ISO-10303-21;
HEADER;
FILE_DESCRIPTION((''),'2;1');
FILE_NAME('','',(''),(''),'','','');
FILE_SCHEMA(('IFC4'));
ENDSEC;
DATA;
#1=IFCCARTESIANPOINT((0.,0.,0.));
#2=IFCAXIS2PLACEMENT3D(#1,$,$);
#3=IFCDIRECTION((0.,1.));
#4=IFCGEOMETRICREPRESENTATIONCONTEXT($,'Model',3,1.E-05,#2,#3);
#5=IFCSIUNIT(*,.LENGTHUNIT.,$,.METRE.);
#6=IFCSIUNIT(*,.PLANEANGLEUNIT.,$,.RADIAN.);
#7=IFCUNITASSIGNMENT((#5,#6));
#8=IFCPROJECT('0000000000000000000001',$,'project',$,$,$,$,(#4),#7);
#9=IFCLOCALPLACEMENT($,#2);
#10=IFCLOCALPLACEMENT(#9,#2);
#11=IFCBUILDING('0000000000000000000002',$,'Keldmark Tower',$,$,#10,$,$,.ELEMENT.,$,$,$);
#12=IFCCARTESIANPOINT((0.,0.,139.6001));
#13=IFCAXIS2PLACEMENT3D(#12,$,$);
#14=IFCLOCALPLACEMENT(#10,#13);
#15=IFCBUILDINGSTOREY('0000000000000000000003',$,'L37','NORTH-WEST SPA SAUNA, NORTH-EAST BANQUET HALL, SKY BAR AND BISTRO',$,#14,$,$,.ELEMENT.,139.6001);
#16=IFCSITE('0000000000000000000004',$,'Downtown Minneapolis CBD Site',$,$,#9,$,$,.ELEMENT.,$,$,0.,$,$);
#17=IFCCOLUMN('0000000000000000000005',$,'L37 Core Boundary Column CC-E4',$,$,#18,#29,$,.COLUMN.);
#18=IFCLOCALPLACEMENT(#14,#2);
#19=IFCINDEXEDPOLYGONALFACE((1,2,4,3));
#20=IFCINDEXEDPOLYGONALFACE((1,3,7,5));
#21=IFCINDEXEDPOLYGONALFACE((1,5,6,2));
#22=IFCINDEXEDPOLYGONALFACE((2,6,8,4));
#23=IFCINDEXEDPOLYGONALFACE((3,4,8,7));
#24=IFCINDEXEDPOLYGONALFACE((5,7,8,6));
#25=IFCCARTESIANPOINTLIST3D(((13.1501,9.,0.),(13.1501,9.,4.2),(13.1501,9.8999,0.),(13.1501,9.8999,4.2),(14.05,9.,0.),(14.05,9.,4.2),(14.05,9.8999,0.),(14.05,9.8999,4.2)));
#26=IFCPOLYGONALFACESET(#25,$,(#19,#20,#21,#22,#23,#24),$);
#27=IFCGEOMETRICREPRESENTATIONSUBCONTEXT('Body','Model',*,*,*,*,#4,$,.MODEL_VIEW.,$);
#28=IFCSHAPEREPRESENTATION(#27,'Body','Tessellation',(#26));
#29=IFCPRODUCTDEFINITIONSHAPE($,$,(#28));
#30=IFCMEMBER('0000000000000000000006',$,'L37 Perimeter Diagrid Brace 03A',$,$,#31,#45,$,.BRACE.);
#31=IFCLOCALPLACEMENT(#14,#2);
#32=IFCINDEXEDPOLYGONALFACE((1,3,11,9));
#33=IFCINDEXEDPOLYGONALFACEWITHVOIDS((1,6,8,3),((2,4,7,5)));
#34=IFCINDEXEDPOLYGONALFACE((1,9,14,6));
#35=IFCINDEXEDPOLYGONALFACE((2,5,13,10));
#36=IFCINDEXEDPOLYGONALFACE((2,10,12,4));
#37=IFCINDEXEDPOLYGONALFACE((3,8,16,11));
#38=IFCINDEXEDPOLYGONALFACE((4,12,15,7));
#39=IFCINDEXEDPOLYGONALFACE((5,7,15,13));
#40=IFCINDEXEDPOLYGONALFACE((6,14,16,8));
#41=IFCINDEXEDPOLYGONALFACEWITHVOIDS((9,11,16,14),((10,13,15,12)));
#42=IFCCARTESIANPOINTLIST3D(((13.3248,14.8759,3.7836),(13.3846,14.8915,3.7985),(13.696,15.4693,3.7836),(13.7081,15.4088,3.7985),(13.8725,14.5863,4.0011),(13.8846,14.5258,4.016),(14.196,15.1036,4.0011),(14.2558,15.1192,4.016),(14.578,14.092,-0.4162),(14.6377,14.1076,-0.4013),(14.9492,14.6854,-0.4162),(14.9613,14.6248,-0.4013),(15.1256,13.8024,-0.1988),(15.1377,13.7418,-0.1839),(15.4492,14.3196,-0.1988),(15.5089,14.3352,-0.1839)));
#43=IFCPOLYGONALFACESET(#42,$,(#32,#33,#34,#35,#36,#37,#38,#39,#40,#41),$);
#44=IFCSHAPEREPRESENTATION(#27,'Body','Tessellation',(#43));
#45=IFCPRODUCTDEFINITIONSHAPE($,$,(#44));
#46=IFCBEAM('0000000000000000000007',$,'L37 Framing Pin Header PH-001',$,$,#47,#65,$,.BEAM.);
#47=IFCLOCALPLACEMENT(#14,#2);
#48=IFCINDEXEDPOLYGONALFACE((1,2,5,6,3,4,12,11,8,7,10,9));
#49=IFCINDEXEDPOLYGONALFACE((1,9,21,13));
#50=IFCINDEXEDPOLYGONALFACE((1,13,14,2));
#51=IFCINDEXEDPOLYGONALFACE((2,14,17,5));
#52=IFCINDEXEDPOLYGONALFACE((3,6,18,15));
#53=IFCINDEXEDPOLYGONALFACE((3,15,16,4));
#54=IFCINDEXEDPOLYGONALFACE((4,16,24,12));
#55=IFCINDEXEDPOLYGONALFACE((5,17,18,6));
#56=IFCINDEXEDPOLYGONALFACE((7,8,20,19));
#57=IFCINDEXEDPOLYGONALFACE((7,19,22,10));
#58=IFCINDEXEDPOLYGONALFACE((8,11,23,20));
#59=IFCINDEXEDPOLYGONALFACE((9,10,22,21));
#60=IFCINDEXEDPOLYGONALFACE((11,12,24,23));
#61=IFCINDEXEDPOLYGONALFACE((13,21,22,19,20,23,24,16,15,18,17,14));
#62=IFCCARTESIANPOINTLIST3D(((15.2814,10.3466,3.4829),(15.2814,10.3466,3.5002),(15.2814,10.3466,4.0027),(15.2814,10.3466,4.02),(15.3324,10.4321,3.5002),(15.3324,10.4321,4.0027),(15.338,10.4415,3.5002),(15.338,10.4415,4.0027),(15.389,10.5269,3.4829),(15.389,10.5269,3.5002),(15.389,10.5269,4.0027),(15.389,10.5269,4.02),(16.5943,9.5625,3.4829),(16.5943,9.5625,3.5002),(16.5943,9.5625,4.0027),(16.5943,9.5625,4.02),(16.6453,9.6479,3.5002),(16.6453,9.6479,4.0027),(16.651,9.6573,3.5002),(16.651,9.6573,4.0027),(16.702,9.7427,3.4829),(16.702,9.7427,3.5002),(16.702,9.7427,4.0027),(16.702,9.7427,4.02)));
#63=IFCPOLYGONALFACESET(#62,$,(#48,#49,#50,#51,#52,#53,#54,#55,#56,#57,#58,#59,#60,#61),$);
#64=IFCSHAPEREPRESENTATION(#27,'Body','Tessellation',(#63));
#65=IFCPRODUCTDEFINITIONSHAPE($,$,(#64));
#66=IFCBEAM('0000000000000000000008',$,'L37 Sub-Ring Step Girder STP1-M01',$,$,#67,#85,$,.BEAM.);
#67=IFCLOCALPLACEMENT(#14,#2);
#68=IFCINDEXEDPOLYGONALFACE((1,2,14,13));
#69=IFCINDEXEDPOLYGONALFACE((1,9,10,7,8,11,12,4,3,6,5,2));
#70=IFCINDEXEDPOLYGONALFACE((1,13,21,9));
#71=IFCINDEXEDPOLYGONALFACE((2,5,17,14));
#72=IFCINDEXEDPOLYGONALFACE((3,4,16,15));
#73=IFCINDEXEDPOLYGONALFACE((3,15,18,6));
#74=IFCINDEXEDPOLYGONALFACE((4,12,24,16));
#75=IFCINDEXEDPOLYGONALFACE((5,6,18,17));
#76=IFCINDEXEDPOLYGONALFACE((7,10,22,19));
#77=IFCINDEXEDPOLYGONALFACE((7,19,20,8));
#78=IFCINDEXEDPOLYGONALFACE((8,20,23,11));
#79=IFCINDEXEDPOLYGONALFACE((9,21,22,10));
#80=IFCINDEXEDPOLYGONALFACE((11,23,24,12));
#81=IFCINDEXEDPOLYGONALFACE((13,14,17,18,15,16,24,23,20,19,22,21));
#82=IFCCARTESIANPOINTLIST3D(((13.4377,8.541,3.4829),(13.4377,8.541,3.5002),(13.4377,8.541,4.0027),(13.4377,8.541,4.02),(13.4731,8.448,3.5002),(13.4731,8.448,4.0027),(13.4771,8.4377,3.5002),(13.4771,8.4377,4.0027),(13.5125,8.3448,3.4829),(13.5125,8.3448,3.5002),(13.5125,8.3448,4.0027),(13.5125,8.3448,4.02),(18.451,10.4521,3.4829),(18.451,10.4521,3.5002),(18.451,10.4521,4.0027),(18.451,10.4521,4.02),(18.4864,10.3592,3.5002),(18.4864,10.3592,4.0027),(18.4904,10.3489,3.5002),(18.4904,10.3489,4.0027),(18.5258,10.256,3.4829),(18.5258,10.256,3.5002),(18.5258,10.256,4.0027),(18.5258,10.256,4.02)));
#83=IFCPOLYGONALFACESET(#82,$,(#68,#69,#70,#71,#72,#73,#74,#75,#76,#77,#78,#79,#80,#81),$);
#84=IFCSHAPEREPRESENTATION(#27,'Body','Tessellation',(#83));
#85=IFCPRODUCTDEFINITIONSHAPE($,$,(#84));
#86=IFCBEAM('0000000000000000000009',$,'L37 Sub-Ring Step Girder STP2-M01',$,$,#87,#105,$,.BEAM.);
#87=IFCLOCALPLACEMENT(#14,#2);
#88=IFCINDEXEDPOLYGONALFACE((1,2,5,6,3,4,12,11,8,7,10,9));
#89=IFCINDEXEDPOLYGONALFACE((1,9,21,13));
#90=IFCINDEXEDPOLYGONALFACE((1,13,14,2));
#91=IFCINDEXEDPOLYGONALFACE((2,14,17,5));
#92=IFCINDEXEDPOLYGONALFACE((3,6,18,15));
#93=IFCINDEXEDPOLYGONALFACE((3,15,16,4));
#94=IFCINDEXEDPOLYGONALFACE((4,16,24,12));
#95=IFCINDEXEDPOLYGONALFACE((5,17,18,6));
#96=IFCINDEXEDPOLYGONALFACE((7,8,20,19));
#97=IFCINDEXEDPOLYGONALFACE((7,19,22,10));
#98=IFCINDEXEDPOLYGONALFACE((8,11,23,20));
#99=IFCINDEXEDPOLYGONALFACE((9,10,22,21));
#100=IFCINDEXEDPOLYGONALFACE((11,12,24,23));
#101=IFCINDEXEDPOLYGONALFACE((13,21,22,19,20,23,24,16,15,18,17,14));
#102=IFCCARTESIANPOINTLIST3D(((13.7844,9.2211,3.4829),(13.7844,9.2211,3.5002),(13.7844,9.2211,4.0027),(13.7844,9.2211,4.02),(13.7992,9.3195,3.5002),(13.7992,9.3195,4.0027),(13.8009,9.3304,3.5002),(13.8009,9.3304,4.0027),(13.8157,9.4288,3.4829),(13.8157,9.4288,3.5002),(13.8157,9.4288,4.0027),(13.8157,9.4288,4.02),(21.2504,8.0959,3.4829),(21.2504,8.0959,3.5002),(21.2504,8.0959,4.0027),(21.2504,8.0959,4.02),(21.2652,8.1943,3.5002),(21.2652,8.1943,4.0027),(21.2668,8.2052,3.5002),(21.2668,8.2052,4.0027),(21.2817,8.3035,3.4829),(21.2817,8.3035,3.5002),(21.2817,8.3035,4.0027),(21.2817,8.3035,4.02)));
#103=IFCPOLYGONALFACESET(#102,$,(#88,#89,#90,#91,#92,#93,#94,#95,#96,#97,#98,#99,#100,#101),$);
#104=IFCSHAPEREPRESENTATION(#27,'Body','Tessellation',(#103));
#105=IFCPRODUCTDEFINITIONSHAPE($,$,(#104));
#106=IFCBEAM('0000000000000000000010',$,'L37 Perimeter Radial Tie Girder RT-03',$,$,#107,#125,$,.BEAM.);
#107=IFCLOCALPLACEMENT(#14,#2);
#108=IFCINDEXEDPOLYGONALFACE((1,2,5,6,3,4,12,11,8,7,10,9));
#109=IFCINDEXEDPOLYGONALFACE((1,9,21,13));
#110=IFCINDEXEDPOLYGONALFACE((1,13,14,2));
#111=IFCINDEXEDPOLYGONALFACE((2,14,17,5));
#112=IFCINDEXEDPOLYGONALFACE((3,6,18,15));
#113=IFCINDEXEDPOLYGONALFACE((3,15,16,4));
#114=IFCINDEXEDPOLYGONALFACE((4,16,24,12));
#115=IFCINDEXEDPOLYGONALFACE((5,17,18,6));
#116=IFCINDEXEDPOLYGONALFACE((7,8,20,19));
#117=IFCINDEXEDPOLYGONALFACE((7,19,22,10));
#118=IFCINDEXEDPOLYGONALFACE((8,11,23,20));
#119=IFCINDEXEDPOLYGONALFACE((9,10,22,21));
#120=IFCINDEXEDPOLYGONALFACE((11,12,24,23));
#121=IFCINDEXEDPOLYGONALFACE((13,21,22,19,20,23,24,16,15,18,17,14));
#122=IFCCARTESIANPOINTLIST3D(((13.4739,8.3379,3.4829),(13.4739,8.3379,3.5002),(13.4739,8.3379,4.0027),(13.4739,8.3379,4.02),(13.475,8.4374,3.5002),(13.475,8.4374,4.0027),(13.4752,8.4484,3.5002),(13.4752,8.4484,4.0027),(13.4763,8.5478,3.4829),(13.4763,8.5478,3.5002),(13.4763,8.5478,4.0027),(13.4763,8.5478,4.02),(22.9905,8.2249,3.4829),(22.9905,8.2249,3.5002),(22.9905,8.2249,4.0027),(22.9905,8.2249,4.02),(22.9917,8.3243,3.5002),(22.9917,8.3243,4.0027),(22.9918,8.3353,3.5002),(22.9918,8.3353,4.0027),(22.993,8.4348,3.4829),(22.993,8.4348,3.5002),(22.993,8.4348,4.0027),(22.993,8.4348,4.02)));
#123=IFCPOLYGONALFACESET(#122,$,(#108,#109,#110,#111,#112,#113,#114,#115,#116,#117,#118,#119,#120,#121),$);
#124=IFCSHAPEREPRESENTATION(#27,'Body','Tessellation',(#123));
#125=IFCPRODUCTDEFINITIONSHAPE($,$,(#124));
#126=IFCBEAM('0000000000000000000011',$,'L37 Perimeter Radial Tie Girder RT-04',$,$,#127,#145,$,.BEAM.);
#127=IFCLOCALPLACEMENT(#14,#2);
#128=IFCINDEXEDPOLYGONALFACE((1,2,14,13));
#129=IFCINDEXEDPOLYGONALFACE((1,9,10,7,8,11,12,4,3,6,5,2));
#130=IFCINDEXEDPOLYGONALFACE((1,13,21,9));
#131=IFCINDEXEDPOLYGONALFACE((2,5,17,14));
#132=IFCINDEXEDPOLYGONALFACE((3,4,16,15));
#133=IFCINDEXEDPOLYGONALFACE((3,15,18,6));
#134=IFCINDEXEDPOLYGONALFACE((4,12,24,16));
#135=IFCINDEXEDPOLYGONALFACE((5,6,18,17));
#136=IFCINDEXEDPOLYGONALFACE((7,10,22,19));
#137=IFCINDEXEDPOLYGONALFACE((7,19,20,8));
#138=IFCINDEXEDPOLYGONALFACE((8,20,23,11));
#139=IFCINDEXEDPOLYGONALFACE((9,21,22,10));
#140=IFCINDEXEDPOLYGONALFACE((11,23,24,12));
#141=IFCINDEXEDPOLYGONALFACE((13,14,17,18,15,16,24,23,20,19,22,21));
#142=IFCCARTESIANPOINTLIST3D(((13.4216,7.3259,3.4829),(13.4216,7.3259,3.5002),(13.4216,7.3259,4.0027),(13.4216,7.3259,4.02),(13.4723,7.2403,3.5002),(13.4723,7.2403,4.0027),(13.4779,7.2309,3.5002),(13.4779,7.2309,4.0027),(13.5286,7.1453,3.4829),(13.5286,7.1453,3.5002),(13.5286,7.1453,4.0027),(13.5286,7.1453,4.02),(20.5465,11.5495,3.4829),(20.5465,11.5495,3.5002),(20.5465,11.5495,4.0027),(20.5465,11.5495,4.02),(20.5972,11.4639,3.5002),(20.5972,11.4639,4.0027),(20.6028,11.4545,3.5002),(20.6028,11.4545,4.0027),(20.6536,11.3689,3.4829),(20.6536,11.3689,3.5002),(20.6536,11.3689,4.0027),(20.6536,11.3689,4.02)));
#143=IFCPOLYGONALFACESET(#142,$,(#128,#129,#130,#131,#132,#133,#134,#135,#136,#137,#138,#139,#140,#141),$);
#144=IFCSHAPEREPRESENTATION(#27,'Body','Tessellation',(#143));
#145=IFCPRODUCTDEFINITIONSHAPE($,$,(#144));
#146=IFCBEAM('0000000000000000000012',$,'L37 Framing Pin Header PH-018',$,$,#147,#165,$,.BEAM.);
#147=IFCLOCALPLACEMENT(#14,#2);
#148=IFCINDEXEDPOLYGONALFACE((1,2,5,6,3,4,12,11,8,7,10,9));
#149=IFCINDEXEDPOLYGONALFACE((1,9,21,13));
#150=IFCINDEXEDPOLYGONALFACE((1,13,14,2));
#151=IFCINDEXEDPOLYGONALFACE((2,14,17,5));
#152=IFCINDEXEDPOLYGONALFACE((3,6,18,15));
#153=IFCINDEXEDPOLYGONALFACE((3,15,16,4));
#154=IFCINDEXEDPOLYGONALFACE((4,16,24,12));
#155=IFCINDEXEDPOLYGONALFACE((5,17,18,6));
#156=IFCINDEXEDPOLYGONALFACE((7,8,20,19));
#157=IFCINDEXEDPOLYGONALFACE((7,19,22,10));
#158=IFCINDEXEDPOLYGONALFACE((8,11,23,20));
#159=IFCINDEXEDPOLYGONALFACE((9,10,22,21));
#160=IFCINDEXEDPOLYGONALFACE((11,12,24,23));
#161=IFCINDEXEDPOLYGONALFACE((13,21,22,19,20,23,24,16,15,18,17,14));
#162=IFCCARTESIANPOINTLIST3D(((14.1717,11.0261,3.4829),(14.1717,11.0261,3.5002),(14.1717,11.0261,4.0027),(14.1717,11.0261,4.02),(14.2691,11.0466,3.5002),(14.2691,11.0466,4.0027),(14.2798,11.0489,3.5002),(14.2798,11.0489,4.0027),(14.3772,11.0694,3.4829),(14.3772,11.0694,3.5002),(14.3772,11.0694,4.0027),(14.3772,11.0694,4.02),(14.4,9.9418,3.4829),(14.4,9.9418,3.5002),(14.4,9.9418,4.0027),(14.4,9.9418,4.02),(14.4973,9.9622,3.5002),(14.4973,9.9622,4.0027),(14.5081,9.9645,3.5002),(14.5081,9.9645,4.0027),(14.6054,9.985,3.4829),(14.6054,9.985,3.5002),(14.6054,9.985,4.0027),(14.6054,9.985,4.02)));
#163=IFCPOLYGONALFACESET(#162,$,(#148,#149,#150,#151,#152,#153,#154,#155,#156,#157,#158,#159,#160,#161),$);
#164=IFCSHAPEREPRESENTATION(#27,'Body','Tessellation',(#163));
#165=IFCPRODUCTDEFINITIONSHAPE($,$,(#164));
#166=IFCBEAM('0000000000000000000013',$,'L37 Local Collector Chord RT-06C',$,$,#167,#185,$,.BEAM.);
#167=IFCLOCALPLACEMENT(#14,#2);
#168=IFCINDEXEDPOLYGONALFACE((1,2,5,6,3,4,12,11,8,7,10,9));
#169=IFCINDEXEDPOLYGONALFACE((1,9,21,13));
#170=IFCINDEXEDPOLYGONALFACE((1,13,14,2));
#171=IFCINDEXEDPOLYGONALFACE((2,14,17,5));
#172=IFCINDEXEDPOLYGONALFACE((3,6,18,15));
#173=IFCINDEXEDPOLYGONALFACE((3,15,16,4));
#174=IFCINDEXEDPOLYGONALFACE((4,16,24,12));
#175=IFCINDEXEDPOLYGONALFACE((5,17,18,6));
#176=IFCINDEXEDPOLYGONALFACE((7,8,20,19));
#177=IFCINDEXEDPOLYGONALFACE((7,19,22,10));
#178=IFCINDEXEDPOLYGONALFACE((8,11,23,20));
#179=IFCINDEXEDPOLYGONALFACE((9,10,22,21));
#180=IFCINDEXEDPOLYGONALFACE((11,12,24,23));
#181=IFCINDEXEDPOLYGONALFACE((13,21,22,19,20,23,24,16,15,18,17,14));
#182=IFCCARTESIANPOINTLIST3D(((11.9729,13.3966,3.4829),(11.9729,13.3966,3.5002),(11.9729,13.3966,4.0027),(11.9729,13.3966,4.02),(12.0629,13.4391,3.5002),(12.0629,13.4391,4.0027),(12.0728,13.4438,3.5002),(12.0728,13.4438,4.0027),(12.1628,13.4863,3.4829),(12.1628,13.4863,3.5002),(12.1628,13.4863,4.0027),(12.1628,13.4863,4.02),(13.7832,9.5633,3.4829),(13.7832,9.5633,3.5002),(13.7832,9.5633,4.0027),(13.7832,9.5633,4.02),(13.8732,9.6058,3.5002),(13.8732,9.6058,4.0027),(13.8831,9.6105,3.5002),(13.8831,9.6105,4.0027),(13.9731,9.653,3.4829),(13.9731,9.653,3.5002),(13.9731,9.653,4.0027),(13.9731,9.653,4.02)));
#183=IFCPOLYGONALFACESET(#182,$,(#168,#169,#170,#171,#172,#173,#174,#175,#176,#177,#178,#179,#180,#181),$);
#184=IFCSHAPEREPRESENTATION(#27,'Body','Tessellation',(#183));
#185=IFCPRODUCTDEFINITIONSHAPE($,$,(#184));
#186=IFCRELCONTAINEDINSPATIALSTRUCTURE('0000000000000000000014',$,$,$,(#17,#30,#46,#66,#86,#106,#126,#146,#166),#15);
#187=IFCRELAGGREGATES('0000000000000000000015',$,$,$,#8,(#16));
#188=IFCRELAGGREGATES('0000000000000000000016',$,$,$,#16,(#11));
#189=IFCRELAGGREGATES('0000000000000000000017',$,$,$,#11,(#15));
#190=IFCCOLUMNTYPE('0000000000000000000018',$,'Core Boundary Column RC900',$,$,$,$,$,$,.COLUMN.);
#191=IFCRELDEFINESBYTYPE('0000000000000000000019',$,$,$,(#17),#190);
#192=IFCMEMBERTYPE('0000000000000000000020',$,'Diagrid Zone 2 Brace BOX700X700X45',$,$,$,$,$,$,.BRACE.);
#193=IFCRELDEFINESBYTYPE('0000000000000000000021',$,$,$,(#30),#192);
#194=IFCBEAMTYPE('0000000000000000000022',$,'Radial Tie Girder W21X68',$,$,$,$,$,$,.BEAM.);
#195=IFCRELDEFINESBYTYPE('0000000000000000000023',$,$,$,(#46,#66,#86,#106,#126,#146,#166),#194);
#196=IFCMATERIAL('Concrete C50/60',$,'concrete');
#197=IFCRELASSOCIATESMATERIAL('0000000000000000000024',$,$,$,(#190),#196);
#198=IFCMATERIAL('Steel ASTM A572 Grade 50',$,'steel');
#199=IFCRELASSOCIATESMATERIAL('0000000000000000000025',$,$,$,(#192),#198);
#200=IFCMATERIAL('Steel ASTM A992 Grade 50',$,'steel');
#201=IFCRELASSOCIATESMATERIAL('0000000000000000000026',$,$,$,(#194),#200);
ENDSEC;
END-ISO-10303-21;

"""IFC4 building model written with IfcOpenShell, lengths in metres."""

from ifc_helpers import new_model, si_unit, direction, frame, origin, origin_2d, place, context, subcontext, project, spatial, rectangle, hollow_rectangle, i_section, extrude, material, material_profile, profile_set, type_object, element, save


model = new_model("IFC4")

# Units and contexts
model_context = context("Model", 3, precision=1e-05, world=origin(), true_north=direction((0.0, 1.0)))
body_context = subcontext(model_context, "Body", "Model", "MODEL_VIEW")
ifc_project = project(units=[si_unit("LENGTHUNIT", "METRE"), si_unit("PLANEANGLEUNIT", "RADIAN")], contexts=[model_context])

# Site, building, storey
site_placement = place(None, origin())
site = spatial("IfcSite", under=ifc_project, at=site_placement, Name="Downtown Minneapolis CBD Site", CompositionType="ELEMENT", RefElevation=0.0)
building_placement = place(site_placement, origin())
building = spatial("IfcBuilding", under=site, at=building_placement, Name="Keldmark Tower", CompositionType="ELEMENT")
storey_placement = place(building_placement, frame((0.0, 0.0, 139.6001)))
storey = spatial("IfcBuildingStorey", under=building, at=storey_placement, Name="L37", Description="NORTH-WEST SPA SAUNA, NORTH-EAST BANQUET HALL, SKY BAR AND BISTRO", CompositionType="ELEMENT", Elevation=139.6001)

# Column
ifc_material_1 = material(Name="Concrete C50/60", Category="concrete")
ifc_material_profile_1 = material_profile(ifc_material_1, rectangle(XDim=0.8999, YDim=0.8999, at=origin_2d()), Name="RC900X900")
ifc_profile_set_1 = profile_set([ifc_material_profile_1], Name="Concrete C50/60")
column_type = type_object("IfcColumnType", Name="Core Boundary Column RC900", PredefinedType="COLUMN", material=ifc_profile_set_1)
column_placement = place(storey_placement, frame((13.6001, 9.45, 0.0), z_axis=(0.0, 0.0, 1.0), x_axis=(1.0, 0.0, 0.0)))
element("IfcColumn", 1, at=column_placement, inside=storey, type_object=column_type, Name="L37 Core Boundary Column CC-E4", PredefinedType="COLUMN", context=body_context, shape_type="SweptSolid", body=[
    extrude(rectangle(XDim=0.8999, YDim=0.8999, at=origin_2d()), origin(), (0.0, 0.0, 1.0), 4.2),
])

# Member
ifc_material_2 = material(Name="Steel ASTM A572 Grade 50", Category="steel")
ifc_material_profile_2 = material_profile(ifc_material_2, hollow_rectangle(XDim=0.7, YDim=0.7, WallThickness=0.0449, at=origin_2d()), Name="BOX700X700X45")
ifc_profile_set_2 = profile_set([ifc_material_profile_2], Name="Steel ASTM A572 Grade 50")
member_type = type_object("IfcMemberType", Name="Diagrid Zone 2 Brace BOX700X700X45", PredefinedType="BRACE", material=ifc_profile_set_2)
member_placement = place(storey_placement, frame((15.0435, 14.2136, -0.3), z_axis=(-0.281455, 0.176067, 0.943283), x_axis=(-0.53034, -0.847785, 0.0)))
element("IfcMember", 2, at=member_placement, inside=storey, type_object=member_type, Name="L37 Perimeter Diagrid Brace 03A", PredefinedType="BRACE", context=body_context, shape_type="SweptSolid", body=[
    extrude(hollow_rectangle(XDim=0.7, YDim=0.7, WallThickness=0.0449, at=origin_2d()), origin(), (0.0, 0.0, 1.0), 4.4524),
])

# Beams
ifc_material_3 = material(Name="Steel ASTM A992 Grade 50", Category="steel")
ifc_material_profile_3 = material_profile(ifc_material_3, i_section(OverallWidth=0.21, OverallDepth=0.5371, WebThickness=0.011, FlangeThickness=0.0173, at=origin_2d()), Name="W21X68")
ifc_profile_set_3 = profile_set([ifc_material_profile_3], Name="Steel ASTM A992 Grade 50")
beam_type = type_object("IfcBeamType", Name="Radial Tie Girder W21X68", PredefinedType="BEAM", material=ifc_profile_set_3)
beam_1_placement = place(storey_placement, frame((15.3352, 10.4368, 3.7515), z_axis=(0.858534, -0.512757, 0.0), x_axis=(0.512757, 0.858534, 0.0)))
element("IfcBeam", 3, at=beam_1_placement, inside=storey, type_object=beam_type, Name="L37 Framing Pin Header PH-001", PredefinedType="BEAM", context=body_context, shape_type="SweptSolid", body=[
    extrude(i_section(OverallWidth=0.21, OverallDepth=0.5371, WebThickness=0.011, FlangeThickness=0.0173, at=origin_2d()), origin(), (0.0, 0.0, 1.0), 1.5293),
])
beam_2_placement = place(storey_placement, frame((13.4751, 8.4429, 3.7515), z_axis=(0.934404, 0.356215, 0.0), x_axis=(-0.356215, 0.934404, 0.0)))
element("IfcBeam", 4, at=beam_2_placement, inside=storey, type_object=beam_type, Name="L37 Sub-Ring Step Girder STP1-M01", PredefinedType="BEAM", context=body_context, shape_type="SweptSolid", body=[
    extrude(i_section(OverallWidth=0.21, OverallDepth=0.5371, WebThickness=0.011, FlangeThickness=0.0173, at=origin_2d()), origin(), (0.0, 0.0, 1.0), 5.3652),
])
beam_3_placement = place(storey_placement, frame((13.8, 9.325, 3.7515), z_axis=(0.988832, -0.149031, 0.0), x_axis=(0.149031, 0.988832, 0.0)))
element("IfcBeam", 5, at=beam_3_placement, inside=storey, type_object=beam_type, Name="L37 Sub-Ring Step Girder STP2-M01", PredefinedType="BEAM", context=body_context, shape_type="SweptSolid", body=[
    extrude(i_section(OverallWidth=0.21, OverallDepth=0.5371, WebThickness=0.011, FlangeThickness=0.0173, at=origin_2d()), origin(), (0.0, 0.0, 1.0), 7.5503),
])
beam_4_placement = place(storey_placement, frame((13.4751, 8.4429, 3.7515), z_axis=(0.999929, -0.011877, 0.0), x_axis=(0.011877, 0.999929, 0.0)))
element("IfcBeam", 6, at=beam_4_placement, inside=storey, type_object=beam_type, Name="L37 Perimeter Radial Tie Girder RT-03", PredefinedType="BEAM", context=body_context, shape_type="SweptSolid", body=[
    extrude(i_section(OverallWidth=0.21, OverallDepth=0.5371, WebThickness=0.011, FlangeThickness=0.0173, at=origin_2d()), origin(), (0.0, 0.0, 1.0), 9.5173),
])
beam_5_placement = place(storey_placement, frame((13.4751, 7.2356, 3.7515), z_axis=(0.860217, 0.509928, 0.0), x_axis=(-0.509928, 0.860217, 0.0)))
element("IfcBeam", 7, at=beam_5_placement, inside=storey, type_object=beam_type, Name="L37 Perimeter Radial Tie Girder RT-04", PredefinedType="BEAM", context=body_context, shape_type="SweptSolid", body=[
    extrude(i_section(OverallWidth=0.21, OverallDepth=0.5371, WebThickness=0.011, FlangeThickness=0.0173, at=origin_2d()), origin(), (0.0, 0.0, 1.0), 8.2827),
])
beam_6_placement = place(storey_placement, frame((14.5027, 9.9634, 3.7515), z_axis=(-0.205977, 0.978557, 0.0), x_axis=(-0.978557, -0.205977, 0.0)))
element("IfcBeam", 8, at=beam_6_placement, inside=storey, type_object=beam_type, Name="L37 Framing Pin Header PH-018", PredefinedType="BEAM", context=body_context, shape_type="SweptSolid", body=[
    extrude(i_section(OverallWidth=0.21, OverallDepth=0.5371, WebThickness=0.011, FlangeThickness=0.0173, at=origin_2d()), origin(), (0.0, 0.0, 1.0), 1.1082),
])
beam_7_placement = place(storey_placement, frame((13.8782, 9.6082, 3.7515), z_axis=(-0.427036, 0.904234, 0.0), x_axis=(-0.904234, -0.427036, 0.0)))
element("IfcBeam", 9, at=beam_7_placement, inside=storey, type_object=beam_type, Name="L37 Local Collector Chord RT-06C", PredefinedType="BEAM", context=body_context, shape_type="SweptSolid", body=[
    extrude(i_section(OverallWidth=0.21, OverallDepth=0.5371, WebThickness=0.011, FlangeThickness=0.0173, at=origin_2d()), origin(), (0.0, 0.0, 1.0), 4.2393),
])

save(model, "model.ifc")
